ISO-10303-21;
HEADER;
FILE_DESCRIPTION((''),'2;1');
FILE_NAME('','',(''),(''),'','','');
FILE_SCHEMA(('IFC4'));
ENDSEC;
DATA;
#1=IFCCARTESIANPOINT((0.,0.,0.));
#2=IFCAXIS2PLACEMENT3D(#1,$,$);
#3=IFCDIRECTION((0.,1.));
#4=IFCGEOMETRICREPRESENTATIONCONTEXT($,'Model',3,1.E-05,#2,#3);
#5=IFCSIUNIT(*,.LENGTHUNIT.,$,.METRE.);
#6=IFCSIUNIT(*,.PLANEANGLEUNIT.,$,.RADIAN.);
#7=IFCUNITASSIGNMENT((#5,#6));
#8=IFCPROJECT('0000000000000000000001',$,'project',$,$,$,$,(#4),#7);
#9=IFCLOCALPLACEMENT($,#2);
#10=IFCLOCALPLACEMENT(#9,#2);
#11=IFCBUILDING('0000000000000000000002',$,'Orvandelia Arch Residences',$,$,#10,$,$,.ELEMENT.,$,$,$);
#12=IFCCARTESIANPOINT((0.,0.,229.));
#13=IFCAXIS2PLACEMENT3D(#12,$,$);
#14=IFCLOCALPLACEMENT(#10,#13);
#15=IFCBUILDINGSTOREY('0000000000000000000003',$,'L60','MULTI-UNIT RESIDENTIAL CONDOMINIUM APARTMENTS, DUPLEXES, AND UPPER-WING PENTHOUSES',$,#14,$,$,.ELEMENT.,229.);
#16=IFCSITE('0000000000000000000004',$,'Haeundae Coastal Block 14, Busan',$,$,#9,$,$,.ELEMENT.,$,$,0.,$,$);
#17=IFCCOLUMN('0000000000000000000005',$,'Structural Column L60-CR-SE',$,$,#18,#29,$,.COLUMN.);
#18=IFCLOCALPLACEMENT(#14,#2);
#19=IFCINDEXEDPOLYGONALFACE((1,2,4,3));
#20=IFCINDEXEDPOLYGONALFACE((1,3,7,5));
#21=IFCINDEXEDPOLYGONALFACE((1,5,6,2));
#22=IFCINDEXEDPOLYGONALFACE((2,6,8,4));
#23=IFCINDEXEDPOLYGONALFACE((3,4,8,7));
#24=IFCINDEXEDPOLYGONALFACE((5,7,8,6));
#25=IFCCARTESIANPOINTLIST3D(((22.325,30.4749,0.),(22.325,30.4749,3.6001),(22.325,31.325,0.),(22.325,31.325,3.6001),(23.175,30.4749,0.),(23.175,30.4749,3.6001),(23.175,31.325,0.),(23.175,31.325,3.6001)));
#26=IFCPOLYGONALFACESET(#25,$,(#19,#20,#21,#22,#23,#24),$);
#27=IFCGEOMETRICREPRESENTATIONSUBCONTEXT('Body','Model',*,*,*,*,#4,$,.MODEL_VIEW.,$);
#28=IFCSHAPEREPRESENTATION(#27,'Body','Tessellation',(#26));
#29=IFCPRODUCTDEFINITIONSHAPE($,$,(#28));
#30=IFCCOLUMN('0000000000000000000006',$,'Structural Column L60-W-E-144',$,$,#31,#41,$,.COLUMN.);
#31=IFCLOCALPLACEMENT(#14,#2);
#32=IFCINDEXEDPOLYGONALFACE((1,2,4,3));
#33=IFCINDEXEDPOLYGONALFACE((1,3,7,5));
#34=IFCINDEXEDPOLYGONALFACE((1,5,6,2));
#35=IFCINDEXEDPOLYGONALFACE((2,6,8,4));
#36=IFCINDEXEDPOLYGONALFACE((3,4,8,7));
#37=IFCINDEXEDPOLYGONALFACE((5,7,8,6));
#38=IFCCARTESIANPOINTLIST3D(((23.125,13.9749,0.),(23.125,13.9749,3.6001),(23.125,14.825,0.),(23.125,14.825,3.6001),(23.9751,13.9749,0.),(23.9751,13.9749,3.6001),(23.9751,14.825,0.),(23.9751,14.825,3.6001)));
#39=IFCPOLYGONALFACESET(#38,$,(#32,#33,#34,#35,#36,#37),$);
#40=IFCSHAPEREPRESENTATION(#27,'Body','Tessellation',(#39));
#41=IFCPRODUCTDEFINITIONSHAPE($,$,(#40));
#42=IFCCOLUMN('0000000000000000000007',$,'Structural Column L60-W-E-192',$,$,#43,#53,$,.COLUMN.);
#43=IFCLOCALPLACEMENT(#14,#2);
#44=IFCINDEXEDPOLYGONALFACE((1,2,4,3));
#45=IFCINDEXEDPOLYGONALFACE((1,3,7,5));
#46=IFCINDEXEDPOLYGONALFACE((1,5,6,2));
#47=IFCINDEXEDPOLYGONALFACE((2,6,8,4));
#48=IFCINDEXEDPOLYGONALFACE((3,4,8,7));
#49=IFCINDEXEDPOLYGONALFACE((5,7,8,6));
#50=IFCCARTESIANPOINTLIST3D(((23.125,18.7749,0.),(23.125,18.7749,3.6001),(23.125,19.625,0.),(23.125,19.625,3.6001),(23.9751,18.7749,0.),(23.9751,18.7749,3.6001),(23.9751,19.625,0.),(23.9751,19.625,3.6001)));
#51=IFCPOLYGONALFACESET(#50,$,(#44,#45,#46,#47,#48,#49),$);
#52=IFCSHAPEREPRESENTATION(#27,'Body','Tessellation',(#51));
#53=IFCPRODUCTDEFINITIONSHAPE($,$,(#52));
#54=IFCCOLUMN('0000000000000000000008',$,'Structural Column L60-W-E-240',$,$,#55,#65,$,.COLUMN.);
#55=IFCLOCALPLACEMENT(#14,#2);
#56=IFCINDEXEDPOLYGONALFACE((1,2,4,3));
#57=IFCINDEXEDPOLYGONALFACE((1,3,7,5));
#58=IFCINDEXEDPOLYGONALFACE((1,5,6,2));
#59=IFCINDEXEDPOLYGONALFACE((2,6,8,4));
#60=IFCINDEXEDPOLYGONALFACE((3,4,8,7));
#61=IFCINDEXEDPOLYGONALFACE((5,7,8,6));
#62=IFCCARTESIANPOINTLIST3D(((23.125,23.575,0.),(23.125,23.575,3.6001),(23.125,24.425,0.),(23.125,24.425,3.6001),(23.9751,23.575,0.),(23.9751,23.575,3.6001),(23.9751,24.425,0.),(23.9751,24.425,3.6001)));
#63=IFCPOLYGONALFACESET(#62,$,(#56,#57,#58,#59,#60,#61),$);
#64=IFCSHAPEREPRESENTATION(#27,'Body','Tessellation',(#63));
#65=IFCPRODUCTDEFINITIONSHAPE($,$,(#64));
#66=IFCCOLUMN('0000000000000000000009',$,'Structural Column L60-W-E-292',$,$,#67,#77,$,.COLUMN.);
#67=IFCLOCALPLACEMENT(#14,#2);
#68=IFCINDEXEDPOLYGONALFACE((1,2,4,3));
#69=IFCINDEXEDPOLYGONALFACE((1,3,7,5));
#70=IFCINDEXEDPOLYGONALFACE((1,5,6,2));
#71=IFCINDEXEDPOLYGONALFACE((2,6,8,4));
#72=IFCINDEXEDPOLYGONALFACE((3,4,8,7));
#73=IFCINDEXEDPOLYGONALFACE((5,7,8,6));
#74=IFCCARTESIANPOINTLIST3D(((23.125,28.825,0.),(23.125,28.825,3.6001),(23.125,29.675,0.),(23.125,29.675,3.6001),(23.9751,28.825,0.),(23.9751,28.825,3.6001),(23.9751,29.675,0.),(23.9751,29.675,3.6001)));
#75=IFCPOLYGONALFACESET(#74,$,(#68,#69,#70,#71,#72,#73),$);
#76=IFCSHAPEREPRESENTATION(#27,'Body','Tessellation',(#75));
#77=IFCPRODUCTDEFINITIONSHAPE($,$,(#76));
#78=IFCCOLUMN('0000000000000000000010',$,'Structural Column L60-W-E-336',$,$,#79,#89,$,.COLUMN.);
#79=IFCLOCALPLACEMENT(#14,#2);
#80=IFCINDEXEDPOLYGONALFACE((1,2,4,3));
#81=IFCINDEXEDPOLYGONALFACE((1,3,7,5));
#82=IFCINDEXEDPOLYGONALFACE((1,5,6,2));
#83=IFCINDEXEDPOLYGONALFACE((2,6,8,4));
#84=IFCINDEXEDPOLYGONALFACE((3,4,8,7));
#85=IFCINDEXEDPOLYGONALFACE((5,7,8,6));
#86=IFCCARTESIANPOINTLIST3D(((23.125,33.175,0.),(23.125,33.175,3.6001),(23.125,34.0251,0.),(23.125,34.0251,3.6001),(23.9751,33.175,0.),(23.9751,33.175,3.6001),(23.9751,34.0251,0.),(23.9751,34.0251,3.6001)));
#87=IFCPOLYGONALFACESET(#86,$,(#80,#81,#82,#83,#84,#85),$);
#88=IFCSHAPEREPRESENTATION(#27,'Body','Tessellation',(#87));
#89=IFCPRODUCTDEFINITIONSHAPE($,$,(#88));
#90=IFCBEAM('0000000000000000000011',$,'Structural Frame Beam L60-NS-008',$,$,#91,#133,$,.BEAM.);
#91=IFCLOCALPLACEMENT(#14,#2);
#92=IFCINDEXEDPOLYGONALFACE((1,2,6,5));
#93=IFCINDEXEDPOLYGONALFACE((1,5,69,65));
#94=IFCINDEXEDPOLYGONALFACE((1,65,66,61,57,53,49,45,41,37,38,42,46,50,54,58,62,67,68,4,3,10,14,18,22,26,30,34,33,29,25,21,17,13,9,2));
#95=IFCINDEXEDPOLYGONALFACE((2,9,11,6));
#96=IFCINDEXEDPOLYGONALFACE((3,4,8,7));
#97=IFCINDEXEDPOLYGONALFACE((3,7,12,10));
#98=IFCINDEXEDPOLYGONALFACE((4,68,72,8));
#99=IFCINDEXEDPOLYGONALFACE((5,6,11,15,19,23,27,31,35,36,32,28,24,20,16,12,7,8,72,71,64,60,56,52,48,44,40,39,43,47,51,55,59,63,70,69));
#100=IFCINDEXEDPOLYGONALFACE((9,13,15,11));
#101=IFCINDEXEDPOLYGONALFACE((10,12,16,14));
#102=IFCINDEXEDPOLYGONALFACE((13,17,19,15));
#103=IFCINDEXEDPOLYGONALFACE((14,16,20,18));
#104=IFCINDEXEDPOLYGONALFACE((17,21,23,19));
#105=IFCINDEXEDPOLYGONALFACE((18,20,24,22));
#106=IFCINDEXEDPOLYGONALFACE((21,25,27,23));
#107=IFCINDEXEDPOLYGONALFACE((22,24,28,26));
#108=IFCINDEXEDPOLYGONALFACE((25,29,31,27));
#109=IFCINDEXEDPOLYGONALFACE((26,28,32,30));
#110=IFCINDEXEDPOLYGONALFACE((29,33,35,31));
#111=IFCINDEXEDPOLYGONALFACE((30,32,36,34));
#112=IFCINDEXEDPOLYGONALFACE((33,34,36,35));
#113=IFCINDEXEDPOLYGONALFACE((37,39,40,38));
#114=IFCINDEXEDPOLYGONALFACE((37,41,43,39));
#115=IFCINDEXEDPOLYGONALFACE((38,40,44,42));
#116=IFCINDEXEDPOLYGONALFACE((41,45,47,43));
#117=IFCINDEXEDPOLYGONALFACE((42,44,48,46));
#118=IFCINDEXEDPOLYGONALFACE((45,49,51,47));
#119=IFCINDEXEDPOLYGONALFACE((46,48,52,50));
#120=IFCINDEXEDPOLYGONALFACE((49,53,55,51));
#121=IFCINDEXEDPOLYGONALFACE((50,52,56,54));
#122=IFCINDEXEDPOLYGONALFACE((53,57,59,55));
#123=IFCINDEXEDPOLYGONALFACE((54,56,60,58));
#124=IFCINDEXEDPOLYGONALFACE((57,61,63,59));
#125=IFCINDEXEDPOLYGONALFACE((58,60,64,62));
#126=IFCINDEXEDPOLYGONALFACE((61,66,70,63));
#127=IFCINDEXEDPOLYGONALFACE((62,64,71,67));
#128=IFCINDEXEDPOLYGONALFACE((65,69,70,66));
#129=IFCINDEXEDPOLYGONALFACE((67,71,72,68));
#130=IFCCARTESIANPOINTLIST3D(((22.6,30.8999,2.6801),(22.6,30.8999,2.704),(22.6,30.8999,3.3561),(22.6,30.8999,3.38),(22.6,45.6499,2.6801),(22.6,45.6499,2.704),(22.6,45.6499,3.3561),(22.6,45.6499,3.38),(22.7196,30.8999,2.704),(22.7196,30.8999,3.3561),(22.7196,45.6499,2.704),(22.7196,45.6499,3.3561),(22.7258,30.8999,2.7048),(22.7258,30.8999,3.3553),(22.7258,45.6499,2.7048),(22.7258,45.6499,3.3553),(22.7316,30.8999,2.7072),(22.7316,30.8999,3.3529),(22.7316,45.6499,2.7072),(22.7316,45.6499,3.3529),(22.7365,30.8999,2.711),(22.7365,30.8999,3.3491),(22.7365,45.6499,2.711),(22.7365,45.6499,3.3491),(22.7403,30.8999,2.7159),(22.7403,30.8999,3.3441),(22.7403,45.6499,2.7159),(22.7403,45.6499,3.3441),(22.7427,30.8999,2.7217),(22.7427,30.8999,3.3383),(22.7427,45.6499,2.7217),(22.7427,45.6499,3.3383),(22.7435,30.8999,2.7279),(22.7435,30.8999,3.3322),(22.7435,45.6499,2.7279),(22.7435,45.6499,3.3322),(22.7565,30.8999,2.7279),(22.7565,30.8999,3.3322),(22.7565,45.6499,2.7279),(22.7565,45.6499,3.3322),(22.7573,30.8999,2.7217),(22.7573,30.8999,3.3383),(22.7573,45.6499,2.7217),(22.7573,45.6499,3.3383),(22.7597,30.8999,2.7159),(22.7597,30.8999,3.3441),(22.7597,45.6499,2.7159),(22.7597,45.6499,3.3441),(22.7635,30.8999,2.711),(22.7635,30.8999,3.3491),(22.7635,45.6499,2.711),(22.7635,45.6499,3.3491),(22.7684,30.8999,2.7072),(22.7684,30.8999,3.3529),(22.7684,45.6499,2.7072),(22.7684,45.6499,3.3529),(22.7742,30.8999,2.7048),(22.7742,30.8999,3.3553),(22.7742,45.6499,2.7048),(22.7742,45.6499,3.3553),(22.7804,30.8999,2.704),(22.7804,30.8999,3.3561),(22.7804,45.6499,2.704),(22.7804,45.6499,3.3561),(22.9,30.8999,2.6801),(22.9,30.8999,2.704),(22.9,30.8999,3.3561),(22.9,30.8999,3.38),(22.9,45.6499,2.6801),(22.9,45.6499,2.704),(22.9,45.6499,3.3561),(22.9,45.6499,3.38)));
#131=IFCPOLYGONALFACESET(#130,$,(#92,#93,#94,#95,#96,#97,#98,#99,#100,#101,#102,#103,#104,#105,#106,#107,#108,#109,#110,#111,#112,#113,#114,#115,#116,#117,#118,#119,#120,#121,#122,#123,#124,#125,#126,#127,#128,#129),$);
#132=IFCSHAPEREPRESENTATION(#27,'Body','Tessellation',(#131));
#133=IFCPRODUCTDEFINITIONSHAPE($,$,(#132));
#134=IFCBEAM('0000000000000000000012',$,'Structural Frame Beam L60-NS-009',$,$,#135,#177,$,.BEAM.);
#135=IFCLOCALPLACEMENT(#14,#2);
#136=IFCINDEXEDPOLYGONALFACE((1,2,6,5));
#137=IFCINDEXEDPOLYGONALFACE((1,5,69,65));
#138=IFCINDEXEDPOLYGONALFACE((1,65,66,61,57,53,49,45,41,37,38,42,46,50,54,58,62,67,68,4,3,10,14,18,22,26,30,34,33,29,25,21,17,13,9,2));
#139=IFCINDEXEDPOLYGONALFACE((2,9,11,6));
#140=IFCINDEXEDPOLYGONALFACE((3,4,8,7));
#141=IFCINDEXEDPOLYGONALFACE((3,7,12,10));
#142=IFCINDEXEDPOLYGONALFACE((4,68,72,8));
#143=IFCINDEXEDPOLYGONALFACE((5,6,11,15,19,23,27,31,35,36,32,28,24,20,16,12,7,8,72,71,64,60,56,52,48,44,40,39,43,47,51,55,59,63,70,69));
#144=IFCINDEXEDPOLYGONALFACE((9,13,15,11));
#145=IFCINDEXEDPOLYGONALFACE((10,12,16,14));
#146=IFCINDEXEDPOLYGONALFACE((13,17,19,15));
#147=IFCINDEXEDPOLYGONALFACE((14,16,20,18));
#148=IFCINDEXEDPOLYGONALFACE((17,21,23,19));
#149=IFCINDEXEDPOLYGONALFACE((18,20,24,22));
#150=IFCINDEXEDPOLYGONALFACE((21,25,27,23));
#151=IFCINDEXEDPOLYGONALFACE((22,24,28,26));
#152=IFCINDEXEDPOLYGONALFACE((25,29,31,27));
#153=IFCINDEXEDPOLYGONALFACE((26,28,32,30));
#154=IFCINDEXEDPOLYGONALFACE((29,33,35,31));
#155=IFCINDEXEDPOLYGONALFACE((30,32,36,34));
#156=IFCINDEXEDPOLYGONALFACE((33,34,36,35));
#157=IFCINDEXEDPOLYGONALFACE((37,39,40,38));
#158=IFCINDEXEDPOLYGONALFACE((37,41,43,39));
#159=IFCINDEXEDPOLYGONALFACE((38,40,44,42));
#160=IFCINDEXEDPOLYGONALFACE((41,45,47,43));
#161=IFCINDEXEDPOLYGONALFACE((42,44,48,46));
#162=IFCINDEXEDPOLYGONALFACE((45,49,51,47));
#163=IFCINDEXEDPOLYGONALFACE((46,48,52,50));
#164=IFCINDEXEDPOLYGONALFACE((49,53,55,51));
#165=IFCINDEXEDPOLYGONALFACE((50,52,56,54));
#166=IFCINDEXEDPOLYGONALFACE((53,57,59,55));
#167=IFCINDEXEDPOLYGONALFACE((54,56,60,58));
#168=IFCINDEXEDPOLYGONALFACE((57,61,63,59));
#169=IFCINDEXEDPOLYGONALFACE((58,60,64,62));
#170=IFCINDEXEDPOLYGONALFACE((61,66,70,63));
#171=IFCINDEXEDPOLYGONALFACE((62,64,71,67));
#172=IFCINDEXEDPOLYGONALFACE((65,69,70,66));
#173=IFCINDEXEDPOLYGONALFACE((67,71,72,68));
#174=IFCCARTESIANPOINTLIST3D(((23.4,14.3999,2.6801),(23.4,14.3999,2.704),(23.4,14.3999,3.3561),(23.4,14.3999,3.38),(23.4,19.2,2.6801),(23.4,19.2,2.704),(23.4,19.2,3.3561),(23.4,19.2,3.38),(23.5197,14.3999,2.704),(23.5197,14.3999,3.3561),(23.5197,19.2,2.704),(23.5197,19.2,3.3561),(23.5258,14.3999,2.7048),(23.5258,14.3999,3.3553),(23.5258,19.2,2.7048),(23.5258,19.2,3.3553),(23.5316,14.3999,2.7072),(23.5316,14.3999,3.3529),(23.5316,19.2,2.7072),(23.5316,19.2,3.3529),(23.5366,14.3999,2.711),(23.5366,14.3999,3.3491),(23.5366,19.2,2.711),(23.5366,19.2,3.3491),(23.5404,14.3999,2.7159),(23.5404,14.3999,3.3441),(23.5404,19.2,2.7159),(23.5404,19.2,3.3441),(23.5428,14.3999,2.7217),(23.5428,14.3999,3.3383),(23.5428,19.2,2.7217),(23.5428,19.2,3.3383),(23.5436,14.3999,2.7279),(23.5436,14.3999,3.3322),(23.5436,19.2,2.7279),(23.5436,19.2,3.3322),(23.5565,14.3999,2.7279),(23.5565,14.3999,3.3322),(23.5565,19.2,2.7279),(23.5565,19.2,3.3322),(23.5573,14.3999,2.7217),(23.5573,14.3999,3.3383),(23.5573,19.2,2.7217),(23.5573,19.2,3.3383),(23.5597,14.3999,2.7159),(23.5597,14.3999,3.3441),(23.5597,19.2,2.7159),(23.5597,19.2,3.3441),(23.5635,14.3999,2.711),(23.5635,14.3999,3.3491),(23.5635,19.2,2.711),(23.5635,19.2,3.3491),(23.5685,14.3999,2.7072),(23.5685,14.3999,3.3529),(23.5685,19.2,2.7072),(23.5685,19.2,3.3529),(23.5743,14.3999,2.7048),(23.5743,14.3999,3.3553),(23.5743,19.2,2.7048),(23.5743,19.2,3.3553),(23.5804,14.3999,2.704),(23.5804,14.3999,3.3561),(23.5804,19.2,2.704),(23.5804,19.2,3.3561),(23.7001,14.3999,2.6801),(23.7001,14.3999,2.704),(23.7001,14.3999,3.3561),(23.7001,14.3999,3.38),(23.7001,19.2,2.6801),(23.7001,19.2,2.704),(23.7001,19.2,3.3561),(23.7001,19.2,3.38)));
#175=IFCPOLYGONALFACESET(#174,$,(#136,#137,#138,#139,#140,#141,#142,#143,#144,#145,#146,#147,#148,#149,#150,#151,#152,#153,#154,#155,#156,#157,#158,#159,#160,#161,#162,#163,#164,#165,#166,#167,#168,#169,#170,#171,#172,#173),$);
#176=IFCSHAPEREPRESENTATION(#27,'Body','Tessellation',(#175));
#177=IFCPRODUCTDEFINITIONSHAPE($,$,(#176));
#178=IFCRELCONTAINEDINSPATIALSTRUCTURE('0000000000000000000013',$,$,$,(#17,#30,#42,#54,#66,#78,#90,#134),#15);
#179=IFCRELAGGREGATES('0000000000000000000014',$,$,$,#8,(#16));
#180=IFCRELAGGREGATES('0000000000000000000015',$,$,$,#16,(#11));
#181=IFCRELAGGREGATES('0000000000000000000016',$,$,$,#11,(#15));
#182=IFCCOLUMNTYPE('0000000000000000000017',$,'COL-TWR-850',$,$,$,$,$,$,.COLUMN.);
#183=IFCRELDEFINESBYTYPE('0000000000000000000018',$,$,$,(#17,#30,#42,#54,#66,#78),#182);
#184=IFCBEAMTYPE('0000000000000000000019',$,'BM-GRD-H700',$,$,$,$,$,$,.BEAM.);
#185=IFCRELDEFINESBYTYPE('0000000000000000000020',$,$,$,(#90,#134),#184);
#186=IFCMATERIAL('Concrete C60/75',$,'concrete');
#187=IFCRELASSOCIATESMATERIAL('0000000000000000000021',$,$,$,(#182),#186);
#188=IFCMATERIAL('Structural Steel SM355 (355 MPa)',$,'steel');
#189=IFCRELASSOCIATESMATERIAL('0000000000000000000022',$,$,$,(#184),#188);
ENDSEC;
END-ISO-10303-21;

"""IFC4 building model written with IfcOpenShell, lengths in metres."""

from ifc_helpers import new_model, si_unit, direction, frame, origin, origin_2d, place, context, subcontext, project, spatial, rectangle, i_section, extrude, material, material_profile, profile_set, type_object, element, save


model = new_model("IFC4")

# Units and contexts
model_context = context("Model", 3, precision=1e-05, world=origin(), true_north=direction((0.0, 1.0)))
body_context = subcontext(model_context, "Body", "Model", "MODEL_VIEW")
ifc_project = project(units=[si_unit("LENGTHUNIT", "METRE"), si_unit("PLANEANGLEUNIT", "RADIAN")], contexts=[model_context])

# Site, building, storey
site_placement = place(None, origin())
site = spatial("IfcSite", under=ifc_project, at=site_placement, Name="Haeundae Coastal Block 14, Busan", CompositionType="ELEMENT", RefElevation=0.0)
building_placement = place(site_placement, origin())
building = spatial("IfcBuilding", under=site, at=building_placement, Name="Orvandelia Arch Residences", CompositionType="ELEMENT")
storey_placement = place(building_placement, frame((0.0, 0.0, 229.0)))
storey = spatial("IfcBuildingStorey", under=building, at=storey_placement, Name="L60", Description="MULTI-UNIT RESIDENTIAL CONDOMINIUM APARTMENTS, DUPLEXES, AND UPPER-WING PENTHOUSES", CompositionType="ELEMENT", Elevation=229.0)

# Columns
ifc_material_1 = material(Name="Concrete C60/75", Category="concrete")
ifc_material_profile_1 = material_profile(ifc_material_1, rectangle(XDim=0.8501, YDim=0.8501, at=origin_2d()), Name="Concrete C60/75", Category="concrete")
ifc_profile_set_1 = profile_set([ifc_material_profile_1], Name="Concrete C60/75")
column_type = type_object("IfcColumnType", Name="COL-TWR-850", PredefinedType="COLUMN", material=ifc_profile_set_1)
for number, where, z_axis, x_axis, name in (
    (1, (22.75, 30.8999, 0.0), (0.0, 0.0, 1.0), (1.0, 0.0, 0.0), "Structural Column L60-CR-SE"),
    (2, (23.55, 14.3999, 0.0), (0.0, 0.0, 1.0), (1.0, 0.0, 0.0), "Structural Column L60-W-E-144"),
    (3, (23.55, 19.2, 0.0), (0.0, 0.0, 1.0), (1.0, 0.0, 0.0), "Structural Column L60-W-E-192"),
    (4, (23.55, 24.0, 0.0), (0.0, 0.0, 1.0), (1.0, 0.0, 0.0), "Structural Column L60-W-E-240"),
    (5, (23.55, 29.25, 0.0), (0.0, 0.0, 1.0), (1.0, 0.0, 0.0), "Structural Column L60-W-E-292"),
    (6, (23.55, 33.6001, 0.0), (0.0, 0.0, 1.0), (1.0, 0.0, 0.0), "Structural Column L60-W-E-336"),
):
    element("IfcColumn", number, at=place(storey_placement, frame(where, z_axis=z_axis, x_axis=x_axis)), inside=storey, type_object=column_type, Name=name, PredefinedType="COLUMN", context=body_context, shape_type="SweptSolid", body=[
        extrude(rectangle(XDim=0.8501, YDim=0.8501, at=origin_2d()), origin(), (0.0, 0.0, 1.0), 3.6001),
    ])

# Beams
ifc_material_2 = material(Name="Structural Steel SM355 (355 MPa)", Category="steel")
ifc_material_profile_2 = material_profile(ifc_material_2, i_section(OverallWidth=0.3, OverallDepth=0.7, WebThickness=0.0129, FlangeThickness=0.0239, FilletRadius=0.0239, at=origin_2d()), Name="Structural Steel SM355 (355 MPa)", Category="steel")
ifc_profile_set_2 = profile_set([ifc_material_profile_2], Name="Structural Steel SM355 (355 MPa)")
beam_type = type_object("IfcBeamType", Name="BM-GRD-H700", PredefinedType="BEAM", material=ifc_profile_set_2)
beam_1_placement = place(storey_placement, frame((22.75, 30.8999, 3.03), z_axis=(0.0, 1.0, 0.0), x_axis=(-1.0, 0.0, 0.0)))
element("IfcBeam", 7, at=beam_1_placement, inside=storey, type_object=beam_type, Name="Structural Frame Beam L60-NS-008", PredefinedType="BEAM", context=body_context, shape_type="SweptSolid", body=[
    extrude(i_section(OverallWidth=0.3, OverallDepth=0.7, WebThickness=0.0129, FlangeThickness=0.0239, FilletRadius=0.0239, at=origin_2d()), origin(), (0.0, 0.0, 1.0), 14.75),
])
for number, where, z_axis, x_axis, name in (
    (8, (23.55, 14.3999, 3.03), (0.0, 1.0, 0.0), (-1.0, 0.0, 0.0), "Structural Frame Beam L60-NS-009"),
):
    element("IfcBeam", number, at=place(storey_placement, frame(where, z_axis=z_axis, x_axis=x_axis)), inside=storey, type_object=beam_type, Name=name, PredefinedType="BEAM", context=body_context, shape_type="SweptSolid", body=[
        extrude(i_section(OverallWidth=0.3, OverallDepth=0.7, WebThickness=0.0129, FlangeThickness=0.0239, FilletRadius=0.0239, at=origin_2d()), origin(), (0.0, 0.0, 1.0), 4.8),
    ])

save(model, "model.ifc")
